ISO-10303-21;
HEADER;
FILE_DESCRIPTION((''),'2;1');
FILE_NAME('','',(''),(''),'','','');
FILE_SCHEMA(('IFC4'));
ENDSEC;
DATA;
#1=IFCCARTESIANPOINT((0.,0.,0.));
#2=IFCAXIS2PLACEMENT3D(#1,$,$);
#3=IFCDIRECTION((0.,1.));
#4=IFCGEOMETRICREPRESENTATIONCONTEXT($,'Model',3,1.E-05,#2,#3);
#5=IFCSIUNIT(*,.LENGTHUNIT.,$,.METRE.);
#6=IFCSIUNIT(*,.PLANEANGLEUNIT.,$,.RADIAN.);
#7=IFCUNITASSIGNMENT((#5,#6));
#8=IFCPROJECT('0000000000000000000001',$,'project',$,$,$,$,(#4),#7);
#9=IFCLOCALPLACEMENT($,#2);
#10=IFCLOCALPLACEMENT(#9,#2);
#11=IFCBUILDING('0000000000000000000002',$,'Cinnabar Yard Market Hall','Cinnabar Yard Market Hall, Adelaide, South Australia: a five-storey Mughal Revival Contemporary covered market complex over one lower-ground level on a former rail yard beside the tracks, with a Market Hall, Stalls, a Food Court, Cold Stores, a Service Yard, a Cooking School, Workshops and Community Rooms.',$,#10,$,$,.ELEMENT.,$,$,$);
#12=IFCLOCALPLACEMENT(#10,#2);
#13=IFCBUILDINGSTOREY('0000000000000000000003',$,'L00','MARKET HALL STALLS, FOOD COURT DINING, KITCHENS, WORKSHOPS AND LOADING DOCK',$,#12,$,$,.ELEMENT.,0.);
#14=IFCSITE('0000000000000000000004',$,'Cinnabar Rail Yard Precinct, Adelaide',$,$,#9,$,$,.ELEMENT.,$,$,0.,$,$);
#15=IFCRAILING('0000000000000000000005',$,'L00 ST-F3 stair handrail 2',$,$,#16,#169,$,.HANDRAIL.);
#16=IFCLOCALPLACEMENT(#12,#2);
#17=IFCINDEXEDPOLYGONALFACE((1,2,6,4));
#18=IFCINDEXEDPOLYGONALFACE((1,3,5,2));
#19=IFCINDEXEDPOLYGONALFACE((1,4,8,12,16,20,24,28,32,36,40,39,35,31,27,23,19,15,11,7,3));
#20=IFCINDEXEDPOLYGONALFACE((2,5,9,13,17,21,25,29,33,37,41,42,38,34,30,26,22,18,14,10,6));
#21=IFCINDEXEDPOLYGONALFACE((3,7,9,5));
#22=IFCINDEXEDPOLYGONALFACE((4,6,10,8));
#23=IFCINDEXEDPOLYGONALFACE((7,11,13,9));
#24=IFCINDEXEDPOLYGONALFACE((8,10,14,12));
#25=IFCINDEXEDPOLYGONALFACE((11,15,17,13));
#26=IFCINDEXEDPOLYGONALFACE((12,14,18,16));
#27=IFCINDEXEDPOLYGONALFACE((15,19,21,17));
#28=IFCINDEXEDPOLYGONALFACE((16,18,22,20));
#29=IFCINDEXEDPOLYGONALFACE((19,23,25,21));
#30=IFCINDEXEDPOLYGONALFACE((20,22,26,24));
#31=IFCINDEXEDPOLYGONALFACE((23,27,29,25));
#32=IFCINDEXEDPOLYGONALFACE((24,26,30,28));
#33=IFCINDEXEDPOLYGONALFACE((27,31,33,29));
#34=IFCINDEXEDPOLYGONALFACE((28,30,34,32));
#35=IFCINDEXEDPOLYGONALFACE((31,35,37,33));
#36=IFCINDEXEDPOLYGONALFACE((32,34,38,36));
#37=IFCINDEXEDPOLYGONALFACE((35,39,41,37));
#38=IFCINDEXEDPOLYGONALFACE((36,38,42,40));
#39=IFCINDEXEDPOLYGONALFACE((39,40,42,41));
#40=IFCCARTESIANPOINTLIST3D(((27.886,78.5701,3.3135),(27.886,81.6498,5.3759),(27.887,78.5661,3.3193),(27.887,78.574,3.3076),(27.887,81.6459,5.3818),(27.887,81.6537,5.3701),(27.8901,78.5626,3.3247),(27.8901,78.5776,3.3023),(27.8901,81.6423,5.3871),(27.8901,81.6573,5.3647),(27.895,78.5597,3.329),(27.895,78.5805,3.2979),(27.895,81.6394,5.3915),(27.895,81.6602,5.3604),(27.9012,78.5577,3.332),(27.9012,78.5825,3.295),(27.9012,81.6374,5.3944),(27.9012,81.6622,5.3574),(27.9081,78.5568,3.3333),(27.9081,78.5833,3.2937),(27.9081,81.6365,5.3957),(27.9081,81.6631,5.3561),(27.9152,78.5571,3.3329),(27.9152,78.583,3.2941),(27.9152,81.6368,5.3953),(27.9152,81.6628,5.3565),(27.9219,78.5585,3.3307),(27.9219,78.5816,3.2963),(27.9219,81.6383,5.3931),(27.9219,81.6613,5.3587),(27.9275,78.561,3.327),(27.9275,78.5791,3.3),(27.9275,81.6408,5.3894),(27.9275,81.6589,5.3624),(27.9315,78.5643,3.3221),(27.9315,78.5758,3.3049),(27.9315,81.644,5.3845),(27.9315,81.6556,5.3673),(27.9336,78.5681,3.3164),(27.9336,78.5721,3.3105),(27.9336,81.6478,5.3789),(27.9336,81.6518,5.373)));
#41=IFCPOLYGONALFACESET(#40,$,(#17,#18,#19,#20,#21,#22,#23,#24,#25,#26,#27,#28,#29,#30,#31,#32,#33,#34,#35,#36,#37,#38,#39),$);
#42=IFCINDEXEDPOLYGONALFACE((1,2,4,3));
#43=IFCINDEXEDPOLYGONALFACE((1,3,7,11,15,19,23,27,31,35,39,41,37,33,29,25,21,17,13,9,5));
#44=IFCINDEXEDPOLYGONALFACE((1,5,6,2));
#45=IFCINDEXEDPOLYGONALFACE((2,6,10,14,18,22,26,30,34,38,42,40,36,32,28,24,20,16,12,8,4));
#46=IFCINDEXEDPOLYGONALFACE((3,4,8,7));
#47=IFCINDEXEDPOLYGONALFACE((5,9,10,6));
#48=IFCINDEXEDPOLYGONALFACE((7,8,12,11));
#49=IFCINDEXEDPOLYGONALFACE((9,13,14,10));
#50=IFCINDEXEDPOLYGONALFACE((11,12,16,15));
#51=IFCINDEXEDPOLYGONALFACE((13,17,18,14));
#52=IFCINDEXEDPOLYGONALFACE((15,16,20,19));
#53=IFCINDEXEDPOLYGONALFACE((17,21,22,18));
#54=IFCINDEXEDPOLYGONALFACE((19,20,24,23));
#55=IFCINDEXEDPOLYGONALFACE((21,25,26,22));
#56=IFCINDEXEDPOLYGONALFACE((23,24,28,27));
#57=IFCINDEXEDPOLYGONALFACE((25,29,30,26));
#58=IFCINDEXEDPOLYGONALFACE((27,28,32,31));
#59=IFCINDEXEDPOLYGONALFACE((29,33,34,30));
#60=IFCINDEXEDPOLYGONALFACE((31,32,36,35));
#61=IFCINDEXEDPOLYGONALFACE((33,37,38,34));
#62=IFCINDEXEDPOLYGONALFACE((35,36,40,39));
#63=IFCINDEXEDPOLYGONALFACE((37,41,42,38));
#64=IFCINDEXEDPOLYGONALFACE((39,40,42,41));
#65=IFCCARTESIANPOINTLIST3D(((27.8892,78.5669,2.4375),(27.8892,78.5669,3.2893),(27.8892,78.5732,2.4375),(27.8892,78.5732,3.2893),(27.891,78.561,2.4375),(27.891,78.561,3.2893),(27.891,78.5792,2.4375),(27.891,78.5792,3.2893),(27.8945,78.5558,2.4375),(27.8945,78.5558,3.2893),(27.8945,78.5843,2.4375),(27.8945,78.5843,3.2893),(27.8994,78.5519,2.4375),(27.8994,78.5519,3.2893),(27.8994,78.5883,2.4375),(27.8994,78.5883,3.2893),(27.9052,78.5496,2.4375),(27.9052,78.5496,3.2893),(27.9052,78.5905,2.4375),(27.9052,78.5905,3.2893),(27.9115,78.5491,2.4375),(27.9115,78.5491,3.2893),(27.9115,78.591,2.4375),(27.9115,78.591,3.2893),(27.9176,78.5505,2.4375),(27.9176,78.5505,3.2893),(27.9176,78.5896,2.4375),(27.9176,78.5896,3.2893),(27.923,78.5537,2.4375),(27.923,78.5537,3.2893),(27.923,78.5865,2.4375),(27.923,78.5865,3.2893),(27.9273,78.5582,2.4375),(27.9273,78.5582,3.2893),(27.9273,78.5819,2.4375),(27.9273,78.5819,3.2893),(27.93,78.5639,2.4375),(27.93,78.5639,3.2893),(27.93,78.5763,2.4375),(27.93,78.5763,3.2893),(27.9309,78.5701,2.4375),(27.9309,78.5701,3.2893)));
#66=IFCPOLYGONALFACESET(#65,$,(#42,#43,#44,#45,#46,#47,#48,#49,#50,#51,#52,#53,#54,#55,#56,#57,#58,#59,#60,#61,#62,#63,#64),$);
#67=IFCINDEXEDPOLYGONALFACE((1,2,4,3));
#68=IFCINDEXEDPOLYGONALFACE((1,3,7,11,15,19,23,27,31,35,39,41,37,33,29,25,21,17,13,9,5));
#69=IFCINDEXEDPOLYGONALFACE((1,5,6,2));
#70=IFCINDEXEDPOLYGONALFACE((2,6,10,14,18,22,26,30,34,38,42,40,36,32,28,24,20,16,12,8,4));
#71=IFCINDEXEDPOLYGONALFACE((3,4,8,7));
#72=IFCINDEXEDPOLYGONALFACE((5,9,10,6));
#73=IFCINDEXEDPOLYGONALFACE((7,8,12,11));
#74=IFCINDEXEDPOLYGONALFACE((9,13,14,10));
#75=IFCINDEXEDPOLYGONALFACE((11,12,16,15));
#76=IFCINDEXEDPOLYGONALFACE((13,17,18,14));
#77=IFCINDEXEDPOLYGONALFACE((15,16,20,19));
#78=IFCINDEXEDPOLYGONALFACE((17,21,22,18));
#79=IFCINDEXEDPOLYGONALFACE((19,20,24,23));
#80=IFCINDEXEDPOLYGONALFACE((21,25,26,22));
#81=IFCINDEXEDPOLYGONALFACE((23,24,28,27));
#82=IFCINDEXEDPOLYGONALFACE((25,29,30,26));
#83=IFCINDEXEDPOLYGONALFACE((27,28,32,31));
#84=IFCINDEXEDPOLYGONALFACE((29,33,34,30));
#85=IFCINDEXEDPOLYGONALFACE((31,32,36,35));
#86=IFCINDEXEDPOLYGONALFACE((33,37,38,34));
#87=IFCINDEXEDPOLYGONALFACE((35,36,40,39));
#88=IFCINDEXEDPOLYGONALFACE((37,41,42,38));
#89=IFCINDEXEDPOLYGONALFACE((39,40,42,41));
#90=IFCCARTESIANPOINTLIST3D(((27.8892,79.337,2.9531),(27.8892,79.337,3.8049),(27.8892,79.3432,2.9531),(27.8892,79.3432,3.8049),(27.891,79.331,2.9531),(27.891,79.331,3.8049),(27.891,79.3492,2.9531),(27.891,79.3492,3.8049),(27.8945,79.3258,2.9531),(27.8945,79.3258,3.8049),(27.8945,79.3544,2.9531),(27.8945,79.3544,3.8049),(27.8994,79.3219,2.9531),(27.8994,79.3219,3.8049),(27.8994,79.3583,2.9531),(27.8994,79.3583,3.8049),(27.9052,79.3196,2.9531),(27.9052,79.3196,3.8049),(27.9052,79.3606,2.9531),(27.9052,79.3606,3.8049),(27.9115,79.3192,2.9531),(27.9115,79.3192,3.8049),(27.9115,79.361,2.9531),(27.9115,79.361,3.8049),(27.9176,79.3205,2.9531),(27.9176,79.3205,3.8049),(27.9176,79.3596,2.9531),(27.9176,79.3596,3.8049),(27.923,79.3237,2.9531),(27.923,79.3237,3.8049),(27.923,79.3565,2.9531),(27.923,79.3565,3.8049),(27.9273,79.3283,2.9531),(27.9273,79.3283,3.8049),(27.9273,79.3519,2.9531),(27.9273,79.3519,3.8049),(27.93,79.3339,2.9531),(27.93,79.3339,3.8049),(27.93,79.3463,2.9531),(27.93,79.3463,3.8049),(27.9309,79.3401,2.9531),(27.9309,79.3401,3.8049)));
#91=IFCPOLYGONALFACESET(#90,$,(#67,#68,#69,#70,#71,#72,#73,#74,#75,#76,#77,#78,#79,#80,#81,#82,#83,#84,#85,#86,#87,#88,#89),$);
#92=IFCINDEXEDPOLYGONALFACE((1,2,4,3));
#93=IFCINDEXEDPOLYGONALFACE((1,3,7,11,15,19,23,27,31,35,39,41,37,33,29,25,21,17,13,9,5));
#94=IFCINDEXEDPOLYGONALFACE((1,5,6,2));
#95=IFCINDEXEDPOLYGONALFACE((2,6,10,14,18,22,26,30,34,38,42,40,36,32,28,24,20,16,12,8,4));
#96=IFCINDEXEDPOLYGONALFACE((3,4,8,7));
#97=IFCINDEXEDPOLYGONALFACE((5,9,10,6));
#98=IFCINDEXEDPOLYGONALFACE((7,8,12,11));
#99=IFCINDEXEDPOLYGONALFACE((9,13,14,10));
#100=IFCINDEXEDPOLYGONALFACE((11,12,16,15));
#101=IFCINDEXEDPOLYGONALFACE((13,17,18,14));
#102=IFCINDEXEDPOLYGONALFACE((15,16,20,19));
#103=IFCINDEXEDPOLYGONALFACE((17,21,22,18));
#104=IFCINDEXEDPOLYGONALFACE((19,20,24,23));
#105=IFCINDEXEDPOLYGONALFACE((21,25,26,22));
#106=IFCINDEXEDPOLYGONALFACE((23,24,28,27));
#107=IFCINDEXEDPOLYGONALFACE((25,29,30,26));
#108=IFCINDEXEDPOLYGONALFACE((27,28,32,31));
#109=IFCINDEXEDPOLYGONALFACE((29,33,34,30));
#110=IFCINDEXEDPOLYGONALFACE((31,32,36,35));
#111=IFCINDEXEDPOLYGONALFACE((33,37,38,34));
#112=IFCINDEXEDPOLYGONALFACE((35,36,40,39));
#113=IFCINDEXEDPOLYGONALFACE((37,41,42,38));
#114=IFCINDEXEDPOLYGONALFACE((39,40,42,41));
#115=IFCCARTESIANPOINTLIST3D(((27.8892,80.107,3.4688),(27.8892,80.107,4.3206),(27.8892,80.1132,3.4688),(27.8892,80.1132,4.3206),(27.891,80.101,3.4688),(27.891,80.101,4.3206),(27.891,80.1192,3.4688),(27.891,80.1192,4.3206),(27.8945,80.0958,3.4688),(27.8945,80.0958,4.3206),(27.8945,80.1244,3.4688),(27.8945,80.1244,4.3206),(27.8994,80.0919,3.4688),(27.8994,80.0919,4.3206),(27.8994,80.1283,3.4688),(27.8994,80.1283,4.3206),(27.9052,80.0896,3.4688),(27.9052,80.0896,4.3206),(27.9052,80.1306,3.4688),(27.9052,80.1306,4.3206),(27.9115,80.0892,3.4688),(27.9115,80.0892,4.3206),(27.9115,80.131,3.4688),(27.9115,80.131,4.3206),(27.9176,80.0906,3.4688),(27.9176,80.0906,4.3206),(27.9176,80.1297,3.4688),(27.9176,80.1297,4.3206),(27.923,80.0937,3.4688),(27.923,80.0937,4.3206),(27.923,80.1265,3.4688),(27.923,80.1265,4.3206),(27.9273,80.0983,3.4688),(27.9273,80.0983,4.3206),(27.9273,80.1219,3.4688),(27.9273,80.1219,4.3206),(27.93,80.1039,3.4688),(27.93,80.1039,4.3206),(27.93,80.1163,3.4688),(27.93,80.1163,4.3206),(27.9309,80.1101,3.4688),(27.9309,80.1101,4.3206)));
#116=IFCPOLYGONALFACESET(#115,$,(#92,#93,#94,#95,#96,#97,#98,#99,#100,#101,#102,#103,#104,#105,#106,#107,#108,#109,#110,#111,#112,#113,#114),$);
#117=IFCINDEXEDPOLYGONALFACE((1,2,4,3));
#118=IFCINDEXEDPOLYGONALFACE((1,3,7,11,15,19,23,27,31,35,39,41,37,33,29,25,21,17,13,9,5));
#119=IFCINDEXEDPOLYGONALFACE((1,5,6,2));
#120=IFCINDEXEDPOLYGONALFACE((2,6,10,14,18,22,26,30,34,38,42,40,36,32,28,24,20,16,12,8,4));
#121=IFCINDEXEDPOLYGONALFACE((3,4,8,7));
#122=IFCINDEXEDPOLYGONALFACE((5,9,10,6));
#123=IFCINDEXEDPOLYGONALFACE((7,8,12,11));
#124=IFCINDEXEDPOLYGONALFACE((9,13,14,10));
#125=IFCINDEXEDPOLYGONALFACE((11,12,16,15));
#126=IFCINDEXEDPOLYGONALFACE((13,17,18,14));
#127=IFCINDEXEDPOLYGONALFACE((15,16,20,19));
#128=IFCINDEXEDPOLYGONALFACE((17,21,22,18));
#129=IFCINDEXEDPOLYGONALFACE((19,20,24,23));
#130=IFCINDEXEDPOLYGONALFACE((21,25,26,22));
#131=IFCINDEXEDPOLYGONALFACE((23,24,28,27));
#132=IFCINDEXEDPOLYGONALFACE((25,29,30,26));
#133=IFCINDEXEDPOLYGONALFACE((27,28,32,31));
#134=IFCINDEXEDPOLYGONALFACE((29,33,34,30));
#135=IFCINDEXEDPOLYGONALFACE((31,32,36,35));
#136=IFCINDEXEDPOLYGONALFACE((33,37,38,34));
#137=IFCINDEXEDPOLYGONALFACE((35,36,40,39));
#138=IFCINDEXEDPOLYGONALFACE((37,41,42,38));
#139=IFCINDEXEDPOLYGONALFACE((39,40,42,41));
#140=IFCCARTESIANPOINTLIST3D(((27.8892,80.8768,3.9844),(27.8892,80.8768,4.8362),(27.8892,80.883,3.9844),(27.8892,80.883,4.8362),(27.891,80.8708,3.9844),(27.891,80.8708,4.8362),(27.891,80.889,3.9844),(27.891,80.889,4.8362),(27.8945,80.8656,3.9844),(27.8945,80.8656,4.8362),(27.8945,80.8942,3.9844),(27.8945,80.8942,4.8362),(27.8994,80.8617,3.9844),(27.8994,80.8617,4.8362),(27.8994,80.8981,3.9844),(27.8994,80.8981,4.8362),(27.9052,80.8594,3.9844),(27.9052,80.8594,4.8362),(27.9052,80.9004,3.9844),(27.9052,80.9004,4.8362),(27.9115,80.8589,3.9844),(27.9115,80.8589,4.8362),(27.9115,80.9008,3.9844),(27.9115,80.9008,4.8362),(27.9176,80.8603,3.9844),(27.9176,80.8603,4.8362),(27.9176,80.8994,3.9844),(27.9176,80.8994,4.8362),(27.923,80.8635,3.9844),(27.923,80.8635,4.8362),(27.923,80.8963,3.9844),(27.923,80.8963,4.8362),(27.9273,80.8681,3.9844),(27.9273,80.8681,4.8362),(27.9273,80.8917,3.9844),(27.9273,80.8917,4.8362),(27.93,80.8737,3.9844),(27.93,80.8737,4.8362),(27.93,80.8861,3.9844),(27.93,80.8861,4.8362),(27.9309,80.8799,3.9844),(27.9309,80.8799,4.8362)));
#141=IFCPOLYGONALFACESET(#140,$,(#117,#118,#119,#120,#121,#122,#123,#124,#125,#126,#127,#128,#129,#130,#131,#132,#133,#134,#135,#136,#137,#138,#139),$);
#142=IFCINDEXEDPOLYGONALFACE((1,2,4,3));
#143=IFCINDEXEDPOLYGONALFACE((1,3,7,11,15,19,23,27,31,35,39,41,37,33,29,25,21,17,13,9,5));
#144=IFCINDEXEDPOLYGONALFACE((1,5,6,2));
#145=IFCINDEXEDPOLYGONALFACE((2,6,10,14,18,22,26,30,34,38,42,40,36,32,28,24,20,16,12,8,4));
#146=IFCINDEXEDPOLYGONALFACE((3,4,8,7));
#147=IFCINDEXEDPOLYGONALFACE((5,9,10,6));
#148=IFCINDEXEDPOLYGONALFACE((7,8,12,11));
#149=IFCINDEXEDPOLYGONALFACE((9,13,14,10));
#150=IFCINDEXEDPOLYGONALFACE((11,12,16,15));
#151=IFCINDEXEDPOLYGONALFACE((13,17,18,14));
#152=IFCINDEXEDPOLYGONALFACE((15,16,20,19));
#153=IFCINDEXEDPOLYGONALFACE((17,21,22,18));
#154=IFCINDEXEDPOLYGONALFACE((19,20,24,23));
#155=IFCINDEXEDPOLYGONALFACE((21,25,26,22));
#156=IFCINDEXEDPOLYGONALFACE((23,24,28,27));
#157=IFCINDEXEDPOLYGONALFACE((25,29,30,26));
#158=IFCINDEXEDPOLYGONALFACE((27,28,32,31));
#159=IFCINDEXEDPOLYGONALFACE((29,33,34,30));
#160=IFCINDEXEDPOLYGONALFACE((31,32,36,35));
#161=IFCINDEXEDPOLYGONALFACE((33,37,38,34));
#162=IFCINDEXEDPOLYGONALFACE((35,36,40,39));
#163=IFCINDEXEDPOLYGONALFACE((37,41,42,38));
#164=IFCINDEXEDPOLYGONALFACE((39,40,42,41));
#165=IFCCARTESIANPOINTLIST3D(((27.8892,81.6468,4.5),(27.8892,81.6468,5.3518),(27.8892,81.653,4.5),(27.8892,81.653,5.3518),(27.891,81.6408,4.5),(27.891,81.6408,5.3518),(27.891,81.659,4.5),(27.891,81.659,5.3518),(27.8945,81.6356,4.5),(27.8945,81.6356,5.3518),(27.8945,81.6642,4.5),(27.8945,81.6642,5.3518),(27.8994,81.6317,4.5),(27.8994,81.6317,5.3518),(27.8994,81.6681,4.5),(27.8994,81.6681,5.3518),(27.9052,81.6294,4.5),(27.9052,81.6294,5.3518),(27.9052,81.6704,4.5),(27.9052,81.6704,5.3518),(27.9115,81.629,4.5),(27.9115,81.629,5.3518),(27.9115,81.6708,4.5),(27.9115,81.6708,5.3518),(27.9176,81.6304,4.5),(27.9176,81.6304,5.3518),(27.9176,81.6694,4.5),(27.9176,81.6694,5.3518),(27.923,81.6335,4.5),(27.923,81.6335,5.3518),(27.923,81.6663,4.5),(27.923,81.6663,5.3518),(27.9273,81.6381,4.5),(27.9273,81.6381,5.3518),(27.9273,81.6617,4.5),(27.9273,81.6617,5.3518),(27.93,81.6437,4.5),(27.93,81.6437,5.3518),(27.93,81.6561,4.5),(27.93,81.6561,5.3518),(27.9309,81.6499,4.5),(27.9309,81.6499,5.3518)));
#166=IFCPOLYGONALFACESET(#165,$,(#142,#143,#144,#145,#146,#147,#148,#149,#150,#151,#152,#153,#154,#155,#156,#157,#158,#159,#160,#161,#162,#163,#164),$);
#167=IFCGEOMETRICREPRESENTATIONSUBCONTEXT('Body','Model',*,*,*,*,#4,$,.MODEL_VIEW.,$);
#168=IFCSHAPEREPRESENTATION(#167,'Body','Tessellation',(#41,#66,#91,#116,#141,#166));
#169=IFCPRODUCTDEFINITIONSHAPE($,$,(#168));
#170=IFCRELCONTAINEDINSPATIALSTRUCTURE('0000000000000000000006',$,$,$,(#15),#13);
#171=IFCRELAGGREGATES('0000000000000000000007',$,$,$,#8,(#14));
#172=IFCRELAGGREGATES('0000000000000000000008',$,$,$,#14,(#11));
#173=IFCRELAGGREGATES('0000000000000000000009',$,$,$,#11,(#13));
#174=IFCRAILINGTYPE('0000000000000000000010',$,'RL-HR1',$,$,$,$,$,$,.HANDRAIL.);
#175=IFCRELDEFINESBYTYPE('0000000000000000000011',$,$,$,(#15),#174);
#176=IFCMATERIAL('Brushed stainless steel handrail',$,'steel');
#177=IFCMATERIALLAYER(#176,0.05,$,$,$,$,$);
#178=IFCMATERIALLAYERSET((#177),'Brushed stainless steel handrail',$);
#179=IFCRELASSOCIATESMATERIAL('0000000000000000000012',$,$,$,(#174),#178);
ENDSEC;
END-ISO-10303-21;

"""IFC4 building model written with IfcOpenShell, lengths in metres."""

from ifc_helpers import new_model, si_unit, direction, frame, origin, origin_2d_with_axis, place, context, subcontext, project, spatial, circle, extrude, material, layer, layer_set, type_object, element, save


model = new_model("IFC4")

# Units and contexts
model_context = context("Model", 3, precision=1e-05, world=origin(), true_north=direction((0.0, 1.0)))
body_context = subcontext(model_context, "Body", "Model", "MODEL_VIEW")
ifc_project = project(units=[si_unit("LENGTHUNIT", "METRE"), si_unit("PLANEANGLEUNIT", "RADIAN")], contexts=[model_context])

# Site, building, storey
site_placement = place(None, origin())
site = spatial("IfcSite", under=ifc_project, at=site_placement, Name="Cinnabar Rail Yard Precinct, Adelaide", CompositionType="ELEMENT", RefElevation=0.0)
building_placement = place(site_placement, origin())
building = spatial("IfcBuilding", under=site, at=building_placement, Name="Cinnabar Yard Market Hall", Description="Cinnabar Yard Market Hall, Adelaide, South Australia: a five-storey Mughal Revival Contemporary covered market complex over one lower-ground level on a former rail yard beside the tracks, with a Market Hall, Stalls, a Food Court, Cold Stores, a Service Yard, a Cooking School, Workshops and Community Rooms.", CompositionType="ELEMENT")
storey_placement = place(building_placement, origin())
storey = spatial("IfcBuildingStorey", under=building, at=storey_placement, Name="L00", Description="MARKET HALL STALLS, FOOD COURT DINING, KITCHENS, WORKSHOPS AND LOADING DOCK", CompositionType="ELEMENT", Elevation=0.0)

# Railing
ifc_material_1 = material(Name="Brushed stainless steel handrail", Category="steel")
ifc_layer_1 = layer(ifc_material_1, 0.05)
ifc_layer_set_1 = layer_set([ifc_layer_1], Name="Brushed stainless steel handrail")
railing_type_1 = type_object("IfcRailingType", Name="RL-HR1", PredefinedType="HANDRAIL", material=ifc_layer_set_1)
railing_1_placement = place(storey_placement, frame((27.9099, 78.5701, 2.4375)))
element("IfcRailing", 1, at=railing_1_placement, inside=storey, type_object=railing_type_1, Name="L00 ST-F3 stair handrail 2", PredefinedType="HANDRAIL", context=body_context, shape_type="SweptSolid", body=[
    extrude(circle(Radius=0.0239, at=origin_2d_with_axis()), frame((0.0, 0.0, 0.876), z_axis=(0.0, 0.830893, 0.556432), x_axis=(-1.0, 0.0, 0.0)), (0.0, 0.0, 1.0), 3.7065),
    extrude(circle(Radius=0.021, at=origin_2d_with_axis()), origin(), (0.0, 0.0, 1.0), 0.8518),
    extrude(circle(Radius=0.021, at=origin_2d_with_axis()), frame((0.0, 0.77, 0.5156)), (0.0, 0.0, 1.0), 0.8518),
    extrude(circle(Radius=0.021, at=origin_2d_with_axis()), frame((0.0, 1.54, 1.0312)), (0.0, 0.0, 1.0), 0.8518),
    extrude(circle(Radius=0.021, at=origin_2d_with_axis()), frame((0.0, 2.3098, 1.5469)), (0.0, 0.0, 1.0), 0.8518),
    extrude(circle(Radius=0.021, at=origin_2d_with_axis()), frame((0.0, 3.0798, 2.0625)), (0.0, 0.0, 1.0), 0.8518),
])

save(model, "model.ifc")
